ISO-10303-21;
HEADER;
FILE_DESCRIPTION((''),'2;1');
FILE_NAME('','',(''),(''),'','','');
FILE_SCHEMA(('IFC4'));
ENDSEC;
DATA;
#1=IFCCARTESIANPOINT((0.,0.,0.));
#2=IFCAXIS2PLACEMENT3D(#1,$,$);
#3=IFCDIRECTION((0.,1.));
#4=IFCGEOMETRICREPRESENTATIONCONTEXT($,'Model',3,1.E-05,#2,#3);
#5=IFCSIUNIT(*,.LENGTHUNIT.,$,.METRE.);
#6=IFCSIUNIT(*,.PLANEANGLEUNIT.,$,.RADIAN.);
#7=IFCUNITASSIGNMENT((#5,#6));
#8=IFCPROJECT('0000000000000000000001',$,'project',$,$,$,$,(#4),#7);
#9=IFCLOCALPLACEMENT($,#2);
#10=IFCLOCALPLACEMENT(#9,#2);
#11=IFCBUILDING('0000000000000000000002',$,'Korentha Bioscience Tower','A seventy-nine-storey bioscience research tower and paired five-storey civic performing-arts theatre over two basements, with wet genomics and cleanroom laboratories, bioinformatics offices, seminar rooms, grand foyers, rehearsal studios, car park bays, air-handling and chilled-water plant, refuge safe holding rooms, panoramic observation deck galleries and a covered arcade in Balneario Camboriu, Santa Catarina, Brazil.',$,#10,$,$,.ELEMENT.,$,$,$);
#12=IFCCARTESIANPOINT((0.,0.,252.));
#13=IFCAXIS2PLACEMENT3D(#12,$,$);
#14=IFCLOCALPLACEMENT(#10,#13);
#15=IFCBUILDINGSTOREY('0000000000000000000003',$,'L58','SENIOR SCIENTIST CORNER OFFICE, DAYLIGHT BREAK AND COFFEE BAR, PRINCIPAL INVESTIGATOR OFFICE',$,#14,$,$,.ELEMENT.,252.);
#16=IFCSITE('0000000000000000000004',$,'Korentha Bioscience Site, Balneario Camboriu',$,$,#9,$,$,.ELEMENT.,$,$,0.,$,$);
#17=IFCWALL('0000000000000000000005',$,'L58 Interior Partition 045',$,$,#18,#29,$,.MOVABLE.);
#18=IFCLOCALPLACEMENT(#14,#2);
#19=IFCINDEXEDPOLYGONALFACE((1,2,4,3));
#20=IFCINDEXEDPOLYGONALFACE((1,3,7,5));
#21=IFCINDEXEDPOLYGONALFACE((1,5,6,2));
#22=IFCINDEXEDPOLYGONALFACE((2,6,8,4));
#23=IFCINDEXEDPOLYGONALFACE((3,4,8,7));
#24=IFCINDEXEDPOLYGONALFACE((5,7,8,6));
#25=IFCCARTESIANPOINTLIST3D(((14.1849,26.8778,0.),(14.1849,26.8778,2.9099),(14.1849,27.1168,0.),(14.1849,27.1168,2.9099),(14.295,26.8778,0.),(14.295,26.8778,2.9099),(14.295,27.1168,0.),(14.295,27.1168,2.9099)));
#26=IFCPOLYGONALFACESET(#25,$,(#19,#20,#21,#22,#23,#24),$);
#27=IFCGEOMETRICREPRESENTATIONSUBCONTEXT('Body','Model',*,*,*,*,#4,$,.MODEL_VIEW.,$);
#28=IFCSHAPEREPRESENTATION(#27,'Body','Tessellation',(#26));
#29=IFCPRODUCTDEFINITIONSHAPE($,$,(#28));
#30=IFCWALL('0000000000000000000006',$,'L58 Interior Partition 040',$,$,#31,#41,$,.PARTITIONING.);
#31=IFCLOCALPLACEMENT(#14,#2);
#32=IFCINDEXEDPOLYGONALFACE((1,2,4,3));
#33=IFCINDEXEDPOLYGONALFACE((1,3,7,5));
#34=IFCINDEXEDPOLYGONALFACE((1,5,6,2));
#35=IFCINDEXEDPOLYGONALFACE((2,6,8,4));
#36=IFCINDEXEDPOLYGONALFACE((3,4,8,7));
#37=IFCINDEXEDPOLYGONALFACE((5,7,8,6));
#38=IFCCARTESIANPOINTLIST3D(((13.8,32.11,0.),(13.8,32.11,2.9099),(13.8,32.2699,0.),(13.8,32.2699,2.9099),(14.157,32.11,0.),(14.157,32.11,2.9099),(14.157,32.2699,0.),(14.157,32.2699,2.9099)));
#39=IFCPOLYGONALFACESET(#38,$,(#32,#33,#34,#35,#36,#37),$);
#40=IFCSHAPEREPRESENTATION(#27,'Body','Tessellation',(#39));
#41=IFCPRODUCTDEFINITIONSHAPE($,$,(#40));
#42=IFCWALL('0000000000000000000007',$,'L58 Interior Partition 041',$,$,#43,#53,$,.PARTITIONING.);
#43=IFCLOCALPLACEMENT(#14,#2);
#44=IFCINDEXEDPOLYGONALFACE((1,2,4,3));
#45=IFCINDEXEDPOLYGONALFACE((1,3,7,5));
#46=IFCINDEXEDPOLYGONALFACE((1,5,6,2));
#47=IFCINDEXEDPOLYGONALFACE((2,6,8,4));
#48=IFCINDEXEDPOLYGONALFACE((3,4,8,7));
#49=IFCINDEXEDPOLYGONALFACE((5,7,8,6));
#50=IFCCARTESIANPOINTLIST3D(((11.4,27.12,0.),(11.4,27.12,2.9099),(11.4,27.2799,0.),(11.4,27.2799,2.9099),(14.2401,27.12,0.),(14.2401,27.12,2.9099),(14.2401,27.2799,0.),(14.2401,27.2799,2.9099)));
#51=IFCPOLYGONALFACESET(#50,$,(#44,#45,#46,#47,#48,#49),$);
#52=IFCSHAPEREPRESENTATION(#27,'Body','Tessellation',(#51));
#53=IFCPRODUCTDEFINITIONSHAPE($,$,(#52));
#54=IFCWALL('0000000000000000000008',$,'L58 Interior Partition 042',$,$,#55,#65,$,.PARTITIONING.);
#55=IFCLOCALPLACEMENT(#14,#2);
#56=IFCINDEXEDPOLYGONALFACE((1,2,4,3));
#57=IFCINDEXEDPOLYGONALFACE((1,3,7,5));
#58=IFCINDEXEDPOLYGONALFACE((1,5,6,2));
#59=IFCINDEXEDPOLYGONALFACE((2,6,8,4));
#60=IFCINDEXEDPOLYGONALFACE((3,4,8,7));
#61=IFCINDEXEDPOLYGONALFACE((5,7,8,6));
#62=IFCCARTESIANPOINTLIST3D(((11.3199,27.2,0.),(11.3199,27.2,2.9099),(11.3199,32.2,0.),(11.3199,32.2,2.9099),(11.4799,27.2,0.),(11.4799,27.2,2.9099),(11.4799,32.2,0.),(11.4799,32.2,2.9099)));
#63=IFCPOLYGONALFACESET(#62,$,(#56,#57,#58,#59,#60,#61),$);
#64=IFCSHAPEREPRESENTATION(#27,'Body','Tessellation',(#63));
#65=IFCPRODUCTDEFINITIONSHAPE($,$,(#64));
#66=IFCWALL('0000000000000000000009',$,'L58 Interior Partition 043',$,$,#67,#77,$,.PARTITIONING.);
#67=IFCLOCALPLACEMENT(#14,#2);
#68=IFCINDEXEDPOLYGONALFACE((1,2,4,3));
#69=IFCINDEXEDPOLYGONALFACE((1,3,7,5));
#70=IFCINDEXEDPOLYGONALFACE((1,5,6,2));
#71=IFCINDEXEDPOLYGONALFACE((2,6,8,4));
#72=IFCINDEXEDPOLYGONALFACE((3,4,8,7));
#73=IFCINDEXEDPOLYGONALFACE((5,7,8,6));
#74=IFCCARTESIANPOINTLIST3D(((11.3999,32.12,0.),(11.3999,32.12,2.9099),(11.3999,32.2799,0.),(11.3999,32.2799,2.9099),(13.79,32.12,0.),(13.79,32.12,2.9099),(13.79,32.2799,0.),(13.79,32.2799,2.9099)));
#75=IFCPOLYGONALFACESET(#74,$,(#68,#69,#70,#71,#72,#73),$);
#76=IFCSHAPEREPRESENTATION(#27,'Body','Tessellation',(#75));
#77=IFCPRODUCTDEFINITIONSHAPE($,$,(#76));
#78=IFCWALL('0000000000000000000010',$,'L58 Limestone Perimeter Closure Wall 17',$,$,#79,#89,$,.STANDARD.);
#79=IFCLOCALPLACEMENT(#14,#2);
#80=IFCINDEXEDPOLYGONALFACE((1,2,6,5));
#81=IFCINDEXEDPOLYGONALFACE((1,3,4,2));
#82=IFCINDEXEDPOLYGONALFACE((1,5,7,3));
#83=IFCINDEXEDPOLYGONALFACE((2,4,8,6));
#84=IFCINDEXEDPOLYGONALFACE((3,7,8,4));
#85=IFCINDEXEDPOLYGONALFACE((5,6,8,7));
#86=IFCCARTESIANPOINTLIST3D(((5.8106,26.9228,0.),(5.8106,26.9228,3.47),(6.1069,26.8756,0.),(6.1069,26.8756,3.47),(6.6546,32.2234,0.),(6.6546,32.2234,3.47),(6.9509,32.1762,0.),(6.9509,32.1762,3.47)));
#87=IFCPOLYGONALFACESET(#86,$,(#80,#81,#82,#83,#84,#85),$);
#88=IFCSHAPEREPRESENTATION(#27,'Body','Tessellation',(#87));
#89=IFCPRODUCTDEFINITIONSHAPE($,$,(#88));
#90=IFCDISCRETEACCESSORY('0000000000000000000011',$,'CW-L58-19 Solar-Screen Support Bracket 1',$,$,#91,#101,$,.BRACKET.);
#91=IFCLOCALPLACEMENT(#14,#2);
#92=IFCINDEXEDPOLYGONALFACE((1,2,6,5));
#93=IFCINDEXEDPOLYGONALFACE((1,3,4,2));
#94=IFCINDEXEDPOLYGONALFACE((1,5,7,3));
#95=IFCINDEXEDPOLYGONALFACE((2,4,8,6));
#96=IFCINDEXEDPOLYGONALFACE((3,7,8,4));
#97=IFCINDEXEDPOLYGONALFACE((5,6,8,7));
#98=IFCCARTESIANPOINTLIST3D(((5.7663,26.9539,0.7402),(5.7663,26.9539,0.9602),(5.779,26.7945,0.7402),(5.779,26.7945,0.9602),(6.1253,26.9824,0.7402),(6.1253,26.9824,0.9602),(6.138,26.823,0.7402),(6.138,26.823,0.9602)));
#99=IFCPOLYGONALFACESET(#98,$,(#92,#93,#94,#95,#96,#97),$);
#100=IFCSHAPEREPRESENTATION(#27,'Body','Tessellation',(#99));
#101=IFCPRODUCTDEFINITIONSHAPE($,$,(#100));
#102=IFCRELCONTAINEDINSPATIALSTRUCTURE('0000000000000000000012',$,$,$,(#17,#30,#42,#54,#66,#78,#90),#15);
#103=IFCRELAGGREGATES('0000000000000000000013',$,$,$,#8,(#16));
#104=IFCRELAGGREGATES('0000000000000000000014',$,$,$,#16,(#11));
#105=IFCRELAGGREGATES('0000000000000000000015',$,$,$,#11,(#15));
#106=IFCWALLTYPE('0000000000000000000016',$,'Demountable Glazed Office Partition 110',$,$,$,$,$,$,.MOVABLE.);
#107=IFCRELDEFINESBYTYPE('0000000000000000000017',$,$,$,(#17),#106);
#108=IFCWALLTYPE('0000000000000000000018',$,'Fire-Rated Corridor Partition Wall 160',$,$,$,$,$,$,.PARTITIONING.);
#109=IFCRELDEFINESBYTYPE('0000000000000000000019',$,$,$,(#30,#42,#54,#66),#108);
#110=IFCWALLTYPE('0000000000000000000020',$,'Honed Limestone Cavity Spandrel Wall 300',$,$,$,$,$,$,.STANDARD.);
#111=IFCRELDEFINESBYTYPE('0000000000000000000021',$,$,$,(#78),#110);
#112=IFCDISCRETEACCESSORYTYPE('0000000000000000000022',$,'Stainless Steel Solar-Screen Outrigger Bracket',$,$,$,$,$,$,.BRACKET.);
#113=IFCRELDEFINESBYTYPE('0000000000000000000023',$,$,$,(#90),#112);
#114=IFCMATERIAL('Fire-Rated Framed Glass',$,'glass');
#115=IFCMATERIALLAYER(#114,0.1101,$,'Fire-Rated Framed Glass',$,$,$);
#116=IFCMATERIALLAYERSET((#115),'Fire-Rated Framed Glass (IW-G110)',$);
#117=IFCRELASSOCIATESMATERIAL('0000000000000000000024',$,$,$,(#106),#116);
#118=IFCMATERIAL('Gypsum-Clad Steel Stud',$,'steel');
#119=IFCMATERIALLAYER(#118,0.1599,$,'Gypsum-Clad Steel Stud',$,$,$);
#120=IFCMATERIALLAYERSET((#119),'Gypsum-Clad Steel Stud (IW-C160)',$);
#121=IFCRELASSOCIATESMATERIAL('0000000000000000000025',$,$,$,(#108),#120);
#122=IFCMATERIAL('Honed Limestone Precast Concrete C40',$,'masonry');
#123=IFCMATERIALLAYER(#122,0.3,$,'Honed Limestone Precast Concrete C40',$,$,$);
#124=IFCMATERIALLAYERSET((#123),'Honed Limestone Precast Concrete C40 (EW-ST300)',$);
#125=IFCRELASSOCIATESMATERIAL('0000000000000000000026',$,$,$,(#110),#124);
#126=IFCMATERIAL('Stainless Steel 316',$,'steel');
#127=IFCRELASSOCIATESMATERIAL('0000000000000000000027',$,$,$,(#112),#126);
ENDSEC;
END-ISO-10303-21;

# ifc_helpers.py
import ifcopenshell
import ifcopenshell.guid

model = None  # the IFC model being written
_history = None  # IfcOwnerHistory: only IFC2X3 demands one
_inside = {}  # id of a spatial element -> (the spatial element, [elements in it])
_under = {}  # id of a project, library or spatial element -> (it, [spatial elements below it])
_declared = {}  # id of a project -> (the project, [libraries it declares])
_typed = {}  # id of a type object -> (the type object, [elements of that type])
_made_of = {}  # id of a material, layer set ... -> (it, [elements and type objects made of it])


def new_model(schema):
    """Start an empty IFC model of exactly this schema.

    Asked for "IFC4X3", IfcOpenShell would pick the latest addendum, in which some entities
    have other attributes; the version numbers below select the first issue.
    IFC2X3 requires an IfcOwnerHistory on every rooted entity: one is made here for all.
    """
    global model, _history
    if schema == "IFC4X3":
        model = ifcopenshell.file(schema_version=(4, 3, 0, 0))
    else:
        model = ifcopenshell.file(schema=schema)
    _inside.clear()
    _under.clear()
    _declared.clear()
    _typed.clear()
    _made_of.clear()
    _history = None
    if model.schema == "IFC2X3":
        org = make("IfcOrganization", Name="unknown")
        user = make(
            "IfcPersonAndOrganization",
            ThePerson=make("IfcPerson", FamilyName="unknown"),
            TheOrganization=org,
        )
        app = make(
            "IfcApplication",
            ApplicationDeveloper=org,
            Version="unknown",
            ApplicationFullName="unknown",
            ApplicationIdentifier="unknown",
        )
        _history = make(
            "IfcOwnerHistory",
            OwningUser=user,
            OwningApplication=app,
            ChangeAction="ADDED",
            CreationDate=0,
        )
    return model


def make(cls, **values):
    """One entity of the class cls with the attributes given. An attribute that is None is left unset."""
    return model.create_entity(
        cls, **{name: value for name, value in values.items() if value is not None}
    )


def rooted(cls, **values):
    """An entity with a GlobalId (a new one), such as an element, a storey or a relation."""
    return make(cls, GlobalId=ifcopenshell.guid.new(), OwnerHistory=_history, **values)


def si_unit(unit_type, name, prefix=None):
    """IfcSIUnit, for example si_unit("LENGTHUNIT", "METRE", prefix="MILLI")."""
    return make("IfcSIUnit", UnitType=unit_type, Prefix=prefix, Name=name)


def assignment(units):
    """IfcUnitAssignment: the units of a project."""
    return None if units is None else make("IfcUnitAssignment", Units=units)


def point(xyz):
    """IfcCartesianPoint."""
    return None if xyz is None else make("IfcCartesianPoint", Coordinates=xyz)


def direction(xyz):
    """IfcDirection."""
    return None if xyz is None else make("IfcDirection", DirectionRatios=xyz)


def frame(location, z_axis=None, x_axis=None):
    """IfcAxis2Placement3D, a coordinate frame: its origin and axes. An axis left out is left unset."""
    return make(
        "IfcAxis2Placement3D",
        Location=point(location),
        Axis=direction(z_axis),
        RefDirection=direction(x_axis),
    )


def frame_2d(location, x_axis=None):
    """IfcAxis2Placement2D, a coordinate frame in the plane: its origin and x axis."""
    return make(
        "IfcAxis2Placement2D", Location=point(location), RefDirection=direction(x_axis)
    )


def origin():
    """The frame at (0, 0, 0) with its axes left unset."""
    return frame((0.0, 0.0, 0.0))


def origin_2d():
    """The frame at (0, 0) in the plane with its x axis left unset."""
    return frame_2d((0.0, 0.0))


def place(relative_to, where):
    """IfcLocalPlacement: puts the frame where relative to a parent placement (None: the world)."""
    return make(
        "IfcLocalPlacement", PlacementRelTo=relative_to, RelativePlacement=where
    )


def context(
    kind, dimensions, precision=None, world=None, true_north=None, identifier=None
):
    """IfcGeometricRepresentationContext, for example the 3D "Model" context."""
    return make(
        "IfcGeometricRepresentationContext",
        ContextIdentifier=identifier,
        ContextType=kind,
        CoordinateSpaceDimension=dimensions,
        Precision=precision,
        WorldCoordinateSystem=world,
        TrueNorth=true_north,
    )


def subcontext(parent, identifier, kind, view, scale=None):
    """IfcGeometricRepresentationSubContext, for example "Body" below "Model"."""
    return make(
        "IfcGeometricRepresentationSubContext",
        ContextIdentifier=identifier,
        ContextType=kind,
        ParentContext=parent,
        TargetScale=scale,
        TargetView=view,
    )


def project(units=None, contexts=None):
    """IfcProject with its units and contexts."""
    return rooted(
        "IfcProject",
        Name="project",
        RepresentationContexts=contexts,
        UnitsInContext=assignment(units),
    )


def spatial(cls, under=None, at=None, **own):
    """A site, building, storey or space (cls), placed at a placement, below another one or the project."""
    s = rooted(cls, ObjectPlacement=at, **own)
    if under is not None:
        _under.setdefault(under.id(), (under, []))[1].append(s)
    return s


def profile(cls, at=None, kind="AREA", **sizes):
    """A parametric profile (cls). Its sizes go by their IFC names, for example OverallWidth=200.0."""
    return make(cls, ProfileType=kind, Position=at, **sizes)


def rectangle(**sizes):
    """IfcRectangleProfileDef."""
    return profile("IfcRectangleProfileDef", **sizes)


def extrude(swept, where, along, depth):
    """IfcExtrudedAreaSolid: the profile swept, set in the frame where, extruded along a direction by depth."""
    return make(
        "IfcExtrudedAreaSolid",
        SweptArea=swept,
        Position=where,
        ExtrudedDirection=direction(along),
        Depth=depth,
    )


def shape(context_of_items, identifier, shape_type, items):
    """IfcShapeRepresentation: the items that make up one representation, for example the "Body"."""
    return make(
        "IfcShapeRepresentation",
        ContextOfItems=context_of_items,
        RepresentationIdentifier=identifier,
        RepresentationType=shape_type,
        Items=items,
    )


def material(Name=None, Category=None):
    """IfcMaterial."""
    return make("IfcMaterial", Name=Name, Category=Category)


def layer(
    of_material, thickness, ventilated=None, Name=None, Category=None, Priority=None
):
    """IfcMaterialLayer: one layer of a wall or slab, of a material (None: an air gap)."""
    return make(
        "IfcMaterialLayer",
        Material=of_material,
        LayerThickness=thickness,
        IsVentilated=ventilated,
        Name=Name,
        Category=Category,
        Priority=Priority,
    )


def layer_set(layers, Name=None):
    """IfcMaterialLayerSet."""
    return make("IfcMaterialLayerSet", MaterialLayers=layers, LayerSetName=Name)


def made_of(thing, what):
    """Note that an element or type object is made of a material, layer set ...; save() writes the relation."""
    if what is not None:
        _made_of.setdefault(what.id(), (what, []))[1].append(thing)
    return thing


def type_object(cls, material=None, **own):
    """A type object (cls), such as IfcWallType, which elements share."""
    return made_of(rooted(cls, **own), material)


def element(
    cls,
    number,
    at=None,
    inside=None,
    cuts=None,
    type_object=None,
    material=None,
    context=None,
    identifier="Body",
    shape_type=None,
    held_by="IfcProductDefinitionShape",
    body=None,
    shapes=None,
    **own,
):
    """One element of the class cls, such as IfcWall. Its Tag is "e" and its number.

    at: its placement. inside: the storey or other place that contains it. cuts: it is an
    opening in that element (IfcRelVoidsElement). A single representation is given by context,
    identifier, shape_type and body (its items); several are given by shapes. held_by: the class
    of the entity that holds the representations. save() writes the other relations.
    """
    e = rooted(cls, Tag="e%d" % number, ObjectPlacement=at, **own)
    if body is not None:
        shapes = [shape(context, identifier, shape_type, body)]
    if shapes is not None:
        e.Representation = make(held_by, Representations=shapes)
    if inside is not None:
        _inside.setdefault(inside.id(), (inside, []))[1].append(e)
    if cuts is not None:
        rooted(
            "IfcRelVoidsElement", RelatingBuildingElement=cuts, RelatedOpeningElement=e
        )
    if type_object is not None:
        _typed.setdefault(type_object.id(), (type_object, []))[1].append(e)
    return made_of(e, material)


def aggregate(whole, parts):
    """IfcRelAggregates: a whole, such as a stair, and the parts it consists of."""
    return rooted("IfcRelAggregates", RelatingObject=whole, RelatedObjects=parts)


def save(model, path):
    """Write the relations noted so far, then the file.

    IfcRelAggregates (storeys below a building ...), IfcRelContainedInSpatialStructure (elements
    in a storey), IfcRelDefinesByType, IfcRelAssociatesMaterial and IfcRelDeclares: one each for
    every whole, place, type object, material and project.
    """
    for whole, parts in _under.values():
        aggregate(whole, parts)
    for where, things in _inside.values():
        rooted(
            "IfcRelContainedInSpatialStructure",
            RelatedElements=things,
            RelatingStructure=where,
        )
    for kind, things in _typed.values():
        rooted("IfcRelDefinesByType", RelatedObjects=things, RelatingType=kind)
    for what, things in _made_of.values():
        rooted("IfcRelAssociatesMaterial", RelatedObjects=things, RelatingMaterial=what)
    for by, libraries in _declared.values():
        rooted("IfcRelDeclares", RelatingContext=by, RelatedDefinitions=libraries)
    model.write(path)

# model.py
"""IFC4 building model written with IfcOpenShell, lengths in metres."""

from ifc_helpers import new_model, si_unit, direction, frame, frame_2d, origin, origin_2d, place, context, subcontext, project, spatial, rectangle, extrude, material, layer, layer_set, type_object, element, save


model = new_model("IFC4")

# Units and contexts
model_context = context("Model", 3, precision=1e-05, world=origin(), true_north=direction((0.0, 1.0)))
body_context = subcontext(model_context, "Body", "Model", "MODEL_VIEW")
ifc_project = project(units=[si_unit("LENGTHUNIT", "METRE"), si_unit("PLANEANGLEUNIT", "RADIAN")], contexts=[model_context])

# Site, building, storey
site_placement = place(None, origin())
site = spatial("IfcSite", under=ifc_project, at=site_placement, Name="Korentha Bioscience Site, Balneario Camboriu", CompositionType="ELEMENT", RefElevation=0.0)
building_placement = place(site_placement, origin())
building = spatial("IfcBuilding", under=site, at=building_placement, Name="Korentha Bioscience Tower", Description="A seventy-nine-storey bioscience research tower and paired five-storey civic performing-arts theatre over two basements, with wet genomics and cleanroom laboratories, bioinformatics offices, seminar rooms, grand foyers, rehearsal studios, car park bays, air-handling and chilled-water plant, refuge safe holding rooms, panoramic observation deck galleries and a covered arcade in Balneario Camboriu, Santa Catarina, Brazil.", CompositionType="ELEMENT")
storey_placement = place(building_placement, frame((0.0, 0.0, 252.0)))
storey = spatial("IfcBuildingStorey", under=building, at=storey_placement, Name="L58", Description="SENIOR SCIENTIST CORNER OFFICE, DAYLIGHT BREAK AND COFFEE BAR, PRINCIPAL INVESTIGATOR OFFICE", CompositionType="ELEMENT", Elevation=252.0)

# Wall
ifc_material_1 = material(Name="Fire-Rated Framed Glass", Category="glass")
ifc_layer_1 = layer(ifc_material_1, 0.1101, Name="Fire-Rated Framed Glass")
ifc_layer_set_1 = layer_set([ifc_layer_1], Name="Fire-Rated Framed Glass (IW-G110)")
wall_type_1 = type_object("IfcWallType", Name="Demountable Glazed Office Partition 110", PredefinedType="MOVABLE", material=ifc_layer_set_1)
wall_1_placement = place(storey_placement, frame((14.24, 27.1169, 0.0), z_axis=(0.0, 0.0, 1.0), x_axis=(0.0, -1.0, 0.0)))
element("IfcWall", 1, at=wall_1_placement, inside=storey, type_object=wall_type_1, Name="L58 Interior Partition 045", PredefinedType="MOVABLE", context=body_context, shape_type="SweptSolid", body=[
    extrude(rectangle(XDim=0.239, YDim=0.1101, at=frame_2d((0.1196, 0.0))), origin(), (0.0, 0.0, 1.0), 2.9099),
])

# Shared definitions
ifc_material_2 = material(Name="Gypsum-Clad Steel Stud", Category="steel")
ifc_layer_2 = layer(ifc_material_2, 0.1599, Name="Gypsum-Clad Steel Stud")
ifc_layer_set_2 = layer_set([ifc_layer_2], Name="Gypsum-Clad Steel Stud (IW-C160)")
wall_type_2 = type_object("IfcWallType", Name="Fire-Rated Corridor Partition Wall 160", PredefinedType="PARTITIONING", material=ifc_layer_set_2)

# Walls
wall_2_placement = place(storey_placement, frame((13.8, 32.1899, 0.0), z_axis=(0.0, 0.0, 1.0), x_axis=(1.0, 0.0, 0.0)))
element("IfcWall", 2, at=wall_2_placement, inside=storey, type_object=wall_type_2, Name="L58 Interior Partition 040", PredefinedType="PARTITIONING", context=body_context, shape_type="SweptSolid", body=[
    extrude(rectangle(XDim=0.3569, YDim=0.1599, at=frame_2d((0.1785, 0.0))), origin(), (0.0, 0.0, 1.0), 2.9099),
])
wall_3_placement = place(storey_placement, frame((14.24, 27.2, 0.0), z_axis=(0.0, 0.0, 1.0), x_axis=(-1.0, 0.0, 0.0)))
element("IfcWall", 3, at=wall_3_placement, inside=storey, type_object=wall_type_2, Name="L58 Interior Partition 041", PredefinedType="PARTITIONING", context=body_context, shape_type="SweptSolid", body=[
    extrude(rectangle(XDim=2.8401, YDim=0.1599, at=frame_2d((1.4199, 0.0))), origin(), (0.0, 0.0, 1.0), 2.9099),
])
wall_4_placement = place(storey_placement, frame((11.3999, 27.2, 0.0), z_axis=(0.0, 0.0, 1.0), x_axis=(0.0, 1.0, 0.0)))
element("IfcWall", 4, at=wall_4_placement, inside=storey, type_object=wall_type_2, Name="L58 Interior Partition 042", PredefinedType="PARTITIONING", context=body_context, shape_type="SweptSolid", body=[
    extrude(rectangle(XDim=5.0, YDim=0.1599, at=frame_2d((2.5, 0.0))), origin(), (0.0, 0.0, 1.0), 2.9099),
])
wall_5_placement = place(storey_placement, frame((11.3999, 32.2, 0.0), z_axis=(0.0, 0.0, 1.0), x_axis=(1.0, 0.0, 0.0)))
element("IfcWall", 5, at=wall_5_placement, inside=storey, type_object=wall_type_2, Name="L58 Interior Partition 043", PredefinedType="PARTITIONING", context=body_context, shape_type="SweptSolid", body=[
    extrude(rectangle(XDim=2.3901, YDim=0.1599, at=frame_2d((1.1951, 0.0))), origin(), (0.0, 0.0, 1.0), 2.9099),
])
ifc_material_3 = material(Name="Honed Limestone Precast Concrete C40", Category="masonry")
ifc_layer_3 = layer(ifc_material_3, 0.3, Name="Honed Limestone Precast Concrete C40")
ifc_layer_set_3 = layer_set([ifc_layer_3], Name="Honed Limestone Precast Concrete C40 (EW-ST300)")
wall_type_3 = type_object("IfcWallType", Name="Honed Limestone Cavity Spandrel Wall 300", PredefinedType="STANDARD", material=ifc_layer_set_3)
wall_6_placement = place(storey_placement, frame((6.8027, 32.1997, 0.0), z_axis=(0.0, 0.0, 1.0), x_axis=(-0.15724, -0.98756, 0.0)))
element("IfcWall", 6, at=wall_6_placement, inside=storey, type_object=wall_type_3, Name="L58 Limestone Perimeter Closure Wall 17", PredefinedType="STANDARD", context=body_context, shape_type="SweptSolid", body=[
    extrude(rectangle(XDim=5.3674, YDim=0.3, at=frame_2d((2.6836, 0.0))), origin(), (0.0, 0.0, 1.0), 3.47),
])

# Discrete accessory
ifc_material_4 = material(Name="Stainless Steel 316", Category="steel")
discrete_accessory_type = type_object("IfcDiscreteAccessoryType", Name="Stainless Steel Solar-Screen Outrigger Bracket", PredefinedType="BRACKET", material=ifc_material_4)
discrete_accessory_placement = place(storey_placement, frame((5.9521, 26.8884, 0.7402), z_axis=(0.0, 0.0, 1.0), x_axis=(0.079117, -0.996865, 0.0)))
element("IfcDiscreteAccessory", 7, at=discrete_accessory_placement, inside=storey, type_object=discrete_accessory_type, Name="CW-L58-19 Solar-Screen Support Bracket 1", PredefinedType="BRACKET", context=body_context, shape_type="SweptSolid", body=[
    extrude(rectangle(XDim=0.1599, YDim=0.3601, at=origin_2d()), origin(), (0.0, 0.0, 1.0), 0.22),
])

save(model, "model.ifc")
